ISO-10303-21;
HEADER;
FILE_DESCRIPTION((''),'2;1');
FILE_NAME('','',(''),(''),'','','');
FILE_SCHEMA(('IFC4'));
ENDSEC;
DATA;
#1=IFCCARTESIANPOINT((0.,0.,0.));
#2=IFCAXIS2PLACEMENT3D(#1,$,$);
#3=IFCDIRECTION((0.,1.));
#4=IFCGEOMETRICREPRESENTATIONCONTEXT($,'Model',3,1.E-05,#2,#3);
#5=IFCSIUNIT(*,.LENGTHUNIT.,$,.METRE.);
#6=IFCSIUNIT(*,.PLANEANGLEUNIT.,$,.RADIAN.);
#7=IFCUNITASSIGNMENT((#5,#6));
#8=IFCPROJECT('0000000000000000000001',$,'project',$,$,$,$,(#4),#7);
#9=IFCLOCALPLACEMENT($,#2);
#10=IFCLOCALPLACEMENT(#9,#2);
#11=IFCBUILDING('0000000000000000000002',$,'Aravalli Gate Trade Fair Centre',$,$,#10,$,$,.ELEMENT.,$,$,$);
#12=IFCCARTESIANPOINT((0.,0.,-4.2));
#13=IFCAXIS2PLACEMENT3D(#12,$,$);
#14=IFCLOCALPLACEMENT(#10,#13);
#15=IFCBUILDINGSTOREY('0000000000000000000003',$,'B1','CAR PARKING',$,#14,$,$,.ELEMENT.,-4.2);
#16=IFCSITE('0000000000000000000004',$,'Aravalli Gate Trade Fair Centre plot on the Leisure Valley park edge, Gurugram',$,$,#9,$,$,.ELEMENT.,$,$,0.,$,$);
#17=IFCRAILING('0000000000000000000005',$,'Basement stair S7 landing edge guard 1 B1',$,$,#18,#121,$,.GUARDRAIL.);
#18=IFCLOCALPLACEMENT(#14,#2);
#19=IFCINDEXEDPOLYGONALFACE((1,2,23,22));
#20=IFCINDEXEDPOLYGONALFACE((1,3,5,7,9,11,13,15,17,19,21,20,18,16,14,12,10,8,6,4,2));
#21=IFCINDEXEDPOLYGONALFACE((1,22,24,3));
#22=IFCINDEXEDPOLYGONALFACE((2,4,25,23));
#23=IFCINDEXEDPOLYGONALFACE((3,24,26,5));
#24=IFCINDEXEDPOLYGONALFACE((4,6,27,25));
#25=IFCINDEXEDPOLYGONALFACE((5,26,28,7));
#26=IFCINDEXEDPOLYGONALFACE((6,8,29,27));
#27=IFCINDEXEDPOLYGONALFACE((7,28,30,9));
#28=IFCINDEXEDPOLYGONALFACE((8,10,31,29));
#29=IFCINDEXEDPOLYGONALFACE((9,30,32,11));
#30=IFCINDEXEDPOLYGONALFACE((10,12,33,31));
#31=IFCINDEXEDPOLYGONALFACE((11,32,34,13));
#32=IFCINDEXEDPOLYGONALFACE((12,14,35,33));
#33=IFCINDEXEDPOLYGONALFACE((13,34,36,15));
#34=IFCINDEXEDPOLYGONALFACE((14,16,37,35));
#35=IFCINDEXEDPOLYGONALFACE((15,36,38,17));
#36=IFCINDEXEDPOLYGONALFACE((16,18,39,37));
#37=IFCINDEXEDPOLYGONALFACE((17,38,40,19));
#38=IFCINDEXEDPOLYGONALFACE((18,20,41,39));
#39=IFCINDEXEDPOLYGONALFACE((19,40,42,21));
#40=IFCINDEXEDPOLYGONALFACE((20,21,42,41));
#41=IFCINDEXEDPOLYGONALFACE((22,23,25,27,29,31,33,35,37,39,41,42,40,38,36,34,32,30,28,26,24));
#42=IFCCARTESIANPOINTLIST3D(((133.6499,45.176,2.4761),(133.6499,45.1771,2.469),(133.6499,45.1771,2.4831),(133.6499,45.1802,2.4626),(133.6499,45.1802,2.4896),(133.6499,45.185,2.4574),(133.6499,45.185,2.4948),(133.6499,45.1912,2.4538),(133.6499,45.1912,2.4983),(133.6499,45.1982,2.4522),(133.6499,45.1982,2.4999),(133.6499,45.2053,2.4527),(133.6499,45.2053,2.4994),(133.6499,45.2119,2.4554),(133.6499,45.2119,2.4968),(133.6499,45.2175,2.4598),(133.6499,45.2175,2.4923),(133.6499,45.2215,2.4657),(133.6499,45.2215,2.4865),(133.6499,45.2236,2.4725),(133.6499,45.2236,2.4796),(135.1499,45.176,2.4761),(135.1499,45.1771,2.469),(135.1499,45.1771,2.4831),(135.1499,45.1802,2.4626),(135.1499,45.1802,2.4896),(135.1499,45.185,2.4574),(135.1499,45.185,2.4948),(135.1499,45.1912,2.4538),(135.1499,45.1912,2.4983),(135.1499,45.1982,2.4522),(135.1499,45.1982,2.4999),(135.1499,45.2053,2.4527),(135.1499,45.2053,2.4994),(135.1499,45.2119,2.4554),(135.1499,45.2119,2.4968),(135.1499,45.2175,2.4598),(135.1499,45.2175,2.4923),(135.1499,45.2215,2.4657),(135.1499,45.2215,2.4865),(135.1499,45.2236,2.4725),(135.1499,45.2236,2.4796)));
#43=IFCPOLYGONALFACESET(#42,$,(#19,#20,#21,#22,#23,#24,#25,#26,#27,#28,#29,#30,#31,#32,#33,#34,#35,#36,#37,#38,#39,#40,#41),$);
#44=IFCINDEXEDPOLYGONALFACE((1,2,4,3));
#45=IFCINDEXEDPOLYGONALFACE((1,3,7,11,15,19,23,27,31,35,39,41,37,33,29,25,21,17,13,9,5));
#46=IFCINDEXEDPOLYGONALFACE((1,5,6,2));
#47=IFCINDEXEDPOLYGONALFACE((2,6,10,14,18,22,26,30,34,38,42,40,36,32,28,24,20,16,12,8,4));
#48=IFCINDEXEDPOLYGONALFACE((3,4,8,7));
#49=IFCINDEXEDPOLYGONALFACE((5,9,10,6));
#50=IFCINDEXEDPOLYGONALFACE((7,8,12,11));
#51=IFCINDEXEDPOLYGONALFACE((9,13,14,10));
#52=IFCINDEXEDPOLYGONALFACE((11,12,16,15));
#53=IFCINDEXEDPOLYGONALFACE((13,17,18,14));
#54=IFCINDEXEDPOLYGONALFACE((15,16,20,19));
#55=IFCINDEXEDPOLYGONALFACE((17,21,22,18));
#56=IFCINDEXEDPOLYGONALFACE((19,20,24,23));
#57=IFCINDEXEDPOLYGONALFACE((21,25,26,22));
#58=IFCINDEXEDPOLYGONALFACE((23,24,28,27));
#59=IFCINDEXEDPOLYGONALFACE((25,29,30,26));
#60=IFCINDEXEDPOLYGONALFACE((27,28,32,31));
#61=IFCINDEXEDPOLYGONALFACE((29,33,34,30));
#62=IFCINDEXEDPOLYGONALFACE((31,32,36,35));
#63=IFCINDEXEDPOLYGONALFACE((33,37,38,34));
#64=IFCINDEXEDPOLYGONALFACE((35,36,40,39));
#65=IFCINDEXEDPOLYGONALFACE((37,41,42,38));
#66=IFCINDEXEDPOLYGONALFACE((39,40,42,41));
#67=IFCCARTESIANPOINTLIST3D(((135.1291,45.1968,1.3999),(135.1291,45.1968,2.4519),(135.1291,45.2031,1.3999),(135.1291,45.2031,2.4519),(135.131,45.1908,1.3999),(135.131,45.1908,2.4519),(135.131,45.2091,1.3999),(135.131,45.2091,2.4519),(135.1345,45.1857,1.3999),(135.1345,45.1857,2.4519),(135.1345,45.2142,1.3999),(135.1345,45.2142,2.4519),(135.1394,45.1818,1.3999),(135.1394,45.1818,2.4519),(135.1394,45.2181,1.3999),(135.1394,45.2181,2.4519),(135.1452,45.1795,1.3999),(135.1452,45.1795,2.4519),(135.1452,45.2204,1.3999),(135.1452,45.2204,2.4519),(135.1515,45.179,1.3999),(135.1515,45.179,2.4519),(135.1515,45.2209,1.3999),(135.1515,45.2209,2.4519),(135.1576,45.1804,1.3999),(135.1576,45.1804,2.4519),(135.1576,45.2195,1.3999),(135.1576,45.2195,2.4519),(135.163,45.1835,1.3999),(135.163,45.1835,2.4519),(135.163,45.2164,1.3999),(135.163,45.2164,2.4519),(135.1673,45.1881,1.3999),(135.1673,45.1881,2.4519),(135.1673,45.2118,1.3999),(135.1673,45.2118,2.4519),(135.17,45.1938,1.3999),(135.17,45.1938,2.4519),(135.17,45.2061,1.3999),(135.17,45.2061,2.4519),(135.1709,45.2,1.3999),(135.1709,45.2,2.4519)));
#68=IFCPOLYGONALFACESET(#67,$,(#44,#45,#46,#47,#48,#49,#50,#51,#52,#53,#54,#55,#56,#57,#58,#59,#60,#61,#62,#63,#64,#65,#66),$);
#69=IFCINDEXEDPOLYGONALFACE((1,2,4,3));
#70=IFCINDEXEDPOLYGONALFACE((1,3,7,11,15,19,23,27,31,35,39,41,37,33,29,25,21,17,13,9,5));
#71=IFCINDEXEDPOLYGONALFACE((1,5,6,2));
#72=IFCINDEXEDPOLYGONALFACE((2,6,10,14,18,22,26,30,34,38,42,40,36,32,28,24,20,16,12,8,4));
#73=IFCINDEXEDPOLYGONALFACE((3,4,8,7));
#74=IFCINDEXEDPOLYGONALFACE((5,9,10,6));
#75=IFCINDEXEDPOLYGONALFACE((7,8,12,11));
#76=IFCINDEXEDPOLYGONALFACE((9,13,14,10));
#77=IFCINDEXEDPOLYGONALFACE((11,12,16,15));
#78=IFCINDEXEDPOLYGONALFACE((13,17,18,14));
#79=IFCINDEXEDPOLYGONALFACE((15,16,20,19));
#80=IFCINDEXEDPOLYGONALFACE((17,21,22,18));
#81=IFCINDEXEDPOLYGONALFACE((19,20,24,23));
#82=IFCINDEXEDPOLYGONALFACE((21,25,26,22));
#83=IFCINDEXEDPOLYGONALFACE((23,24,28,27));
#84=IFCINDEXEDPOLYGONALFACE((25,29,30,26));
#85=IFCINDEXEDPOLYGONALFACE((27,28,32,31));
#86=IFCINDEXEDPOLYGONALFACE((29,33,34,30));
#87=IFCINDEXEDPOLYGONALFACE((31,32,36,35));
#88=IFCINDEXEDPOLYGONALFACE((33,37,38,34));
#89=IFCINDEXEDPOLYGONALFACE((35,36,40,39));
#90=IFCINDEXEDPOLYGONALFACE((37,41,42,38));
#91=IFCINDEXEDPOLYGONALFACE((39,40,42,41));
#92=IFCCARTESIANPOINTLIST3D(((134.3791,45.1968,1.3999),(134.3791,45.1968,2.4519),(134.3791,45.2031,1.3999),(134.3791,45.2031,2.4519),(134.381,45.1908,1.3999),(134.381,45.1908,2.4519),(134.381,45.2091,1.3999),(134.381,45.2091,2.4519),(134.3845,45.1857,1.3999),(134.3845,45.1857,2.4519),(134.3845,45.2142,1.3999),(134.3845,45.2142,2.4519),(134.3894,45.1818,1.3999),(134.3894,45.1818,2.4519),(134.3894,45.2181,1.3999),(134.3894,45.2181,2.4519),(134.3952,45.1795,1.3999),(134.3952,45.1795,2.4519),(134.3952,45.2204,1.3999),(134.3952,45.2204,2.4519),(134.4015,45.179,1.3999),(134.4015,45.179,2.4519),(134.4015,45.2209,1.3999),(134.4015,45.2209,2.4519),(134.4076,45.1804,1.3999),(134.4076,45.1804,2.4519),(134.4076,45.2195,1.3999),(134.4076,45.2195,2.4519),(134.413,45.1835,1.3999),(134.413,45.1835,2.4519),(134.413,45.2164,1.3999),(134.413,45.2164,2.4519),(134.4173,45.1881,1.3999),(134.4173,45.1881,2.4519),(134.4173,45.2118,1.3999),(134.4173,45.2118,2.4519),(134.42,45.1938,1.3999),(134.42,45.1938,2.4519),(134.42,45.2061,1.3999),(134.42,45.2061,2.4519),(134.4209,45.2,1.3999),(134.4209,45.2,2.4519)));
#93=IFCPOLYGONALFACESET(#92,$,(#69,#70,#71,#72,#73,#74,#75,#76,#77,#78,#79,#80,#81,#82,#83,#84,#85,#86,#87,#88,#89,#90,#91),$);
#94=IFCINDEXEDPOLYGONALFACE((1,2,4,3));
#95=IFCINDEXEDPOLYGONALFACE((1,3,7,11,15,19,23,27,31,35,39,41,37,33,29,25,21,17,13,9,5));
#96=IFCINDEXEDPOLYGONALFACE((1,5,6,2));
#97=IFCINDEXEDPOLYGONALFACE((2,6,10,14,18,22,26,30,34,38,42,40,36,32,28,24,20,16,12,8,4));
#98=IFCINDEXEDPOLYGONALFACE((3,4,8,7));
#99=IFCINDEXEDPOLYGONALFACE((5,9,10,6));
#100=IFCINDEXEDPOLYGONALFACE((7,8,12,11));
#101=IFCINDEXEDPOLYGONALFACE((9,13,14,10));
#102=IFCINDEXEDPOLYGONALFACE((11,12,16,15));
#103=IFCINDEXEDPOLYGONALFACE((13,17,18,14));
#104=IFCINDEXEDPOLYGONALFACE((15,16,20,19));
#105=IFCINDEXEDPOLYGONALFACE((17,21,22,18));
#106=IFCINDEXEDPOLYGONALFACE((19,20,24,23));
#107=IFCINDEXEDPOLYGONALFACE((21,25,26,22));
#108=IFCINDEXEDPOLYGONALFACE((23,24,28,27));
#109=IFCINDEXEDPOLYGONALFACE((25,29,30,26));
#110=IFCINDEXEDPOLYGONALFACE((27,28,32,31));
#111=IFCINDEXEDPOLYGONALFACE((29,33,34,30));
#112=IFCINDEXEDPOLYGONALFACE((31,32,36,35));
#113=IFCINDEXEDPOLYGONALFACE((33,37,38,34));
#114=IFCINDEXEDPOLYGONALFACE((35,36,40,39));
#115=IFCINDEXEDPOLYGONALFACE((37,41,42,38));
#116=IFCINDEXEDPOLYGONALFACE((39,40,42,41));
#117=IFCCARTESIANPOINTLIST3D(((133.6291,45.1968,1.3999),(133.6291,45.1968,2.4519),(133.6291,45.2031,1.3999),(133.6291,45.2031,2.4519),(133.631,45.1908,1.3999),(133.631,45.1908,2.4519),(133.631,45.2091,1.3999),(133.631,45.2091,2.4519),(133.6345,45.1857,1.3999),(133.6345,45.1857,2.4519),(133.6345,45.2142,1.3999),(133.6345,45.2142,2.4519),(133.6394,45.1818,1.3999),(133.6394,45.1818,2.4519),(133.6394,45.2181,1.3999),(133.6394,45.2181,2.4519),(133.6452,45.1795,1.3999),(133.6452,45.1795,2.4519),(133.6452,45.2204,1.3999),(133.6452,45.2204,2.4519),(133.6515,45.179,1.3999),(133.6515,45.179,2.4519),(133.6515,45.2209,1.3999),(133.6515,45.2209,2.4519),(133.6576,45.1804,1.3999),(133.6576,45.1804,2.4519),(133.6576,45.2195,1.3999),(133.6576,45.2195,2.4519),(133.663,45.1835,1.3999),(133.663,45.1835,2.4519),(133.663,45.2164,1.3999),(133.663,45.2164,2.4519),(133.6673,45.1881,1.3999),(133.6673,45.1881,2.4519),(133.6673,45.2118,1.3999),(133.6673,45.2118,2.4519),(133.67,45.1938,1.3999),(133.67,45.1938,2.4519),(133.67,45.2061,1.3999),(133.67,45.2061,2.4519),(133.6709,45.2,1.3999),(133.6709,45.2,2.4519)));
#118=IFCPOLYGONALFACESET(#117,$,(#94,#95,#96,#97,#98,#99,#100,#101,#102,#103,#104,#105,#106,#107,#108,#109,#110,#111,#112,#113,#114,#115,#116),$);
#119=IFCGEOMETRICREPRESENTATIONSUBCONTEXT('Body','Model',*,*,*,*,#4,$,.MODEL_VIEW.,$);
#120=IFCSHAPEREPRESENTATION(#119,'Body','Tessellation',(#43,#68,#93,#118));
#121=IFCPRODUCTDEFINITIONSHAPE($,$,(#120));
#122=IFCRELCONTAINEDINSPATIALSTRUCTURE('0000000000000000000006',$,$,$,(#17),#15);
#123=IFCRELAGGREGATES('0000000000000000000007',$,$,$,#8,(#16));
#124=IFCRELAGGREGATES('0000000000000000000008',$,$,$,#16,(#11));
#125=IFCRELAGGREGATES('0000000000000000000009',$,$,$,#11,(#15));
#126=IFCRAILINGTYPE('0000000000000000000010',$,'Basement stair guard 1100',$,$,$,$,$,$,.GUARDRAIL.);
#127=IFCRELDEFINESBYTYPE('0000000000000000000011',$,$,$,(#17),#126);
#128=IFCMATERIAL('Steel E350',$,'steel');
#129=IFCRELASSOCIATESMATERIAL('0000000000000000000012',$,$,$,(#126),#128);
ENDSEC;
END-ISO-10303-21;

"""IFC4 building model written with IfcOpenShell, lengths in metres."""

from ifc_helpers import new_model, si_unit, direction, frame, origin, origin_2d, place, context, subcontext, project, spatial, circle, extrude, material, type_object, element, save


model = new_model("IFC4")

# Units and contexts
model_context = context("Model", 3, precision=1e-05, world=origin(), true_north=direction((0.0, 1.0)))
body_context = subcontext(model_context, "Body", "Model", "MODEL_VIEW")
ifc_project = project(units=[si_unit("LENGTHUNIT", "METRE"), si_unit("PLANEANGLEUNIT", "RADIAN")], contexts=[model_context])

# Site, building, storey
site_placement = place(None, origin())
site = spatial("IfcSite", under=ifc_project, at=site_placement, Name="Aravalli Gate Trade Fair Centre plot on the Leisure Valley park edge, Gurugram", CompositionType="ELEMENT", RefElevation=0.0)
building_placement = place(site_placement, origin())
building = spatial("IfcBuilding", under=site, at=building_placement, Name="Aravalli Gate Trade Fair Centre", CompositionType="ELEMENT")
storey_placement = place(building_placement, frame((0.0, 0.0, -4.2)))
storey = spatial("IfcBuildingStorey", under=building, at=storey_placement, Name="B1", Description="CAR PARKING", CompositionType="ELEMENT", Elevation=-4.2)

# Railing
ifc_material_1 = material(Name="Steel E350", Category="steel")
railing_type_1 = type_object("IfcRailingType", Name="Basement stair guard 1100", PredefinedType="GUARDRAIL", material=ifc_material_1)
railing_1_placement = place(storey_placement, frame((135.1499, 45.2, 1.3999)))
element("IfcRailing", 1, at=railing_1_placement, inside=storey, type_object=railing_type_1, Name="Basement stair S7 landing edge guard 1 B1", PredefinedType="GUARDRAIL", context=body_context, shape_type="SweptSolid", body=[
    extrude(circle(Radius=0.0239, at=origin_2d()), frame((0.0, 0.0, 1.0762), z_axis=(-1.0, 0.0, 0.0), x_axis=(0.0, -1.0, 0.0)), (0.0, 0.0, 1.0), 1.5),
    extrude(circle(Radius=0.021, at=origin_2d()), origin(), (0.0, 0.0, 1.0), 1.052),
    extrude(circle(Radius=0.021, at=origin_2d()), frame((-0.75, 0.0, 0.0)), (0.0, 0.0, 1.0), 1.052),
    extrude(circle(Radius=0.021, at=origin_2d()), frame((-1.5, 0.0, 0.0)), (0.0, 0.0, 1.0), 1.052),
])

save(model, "model.ifc")
